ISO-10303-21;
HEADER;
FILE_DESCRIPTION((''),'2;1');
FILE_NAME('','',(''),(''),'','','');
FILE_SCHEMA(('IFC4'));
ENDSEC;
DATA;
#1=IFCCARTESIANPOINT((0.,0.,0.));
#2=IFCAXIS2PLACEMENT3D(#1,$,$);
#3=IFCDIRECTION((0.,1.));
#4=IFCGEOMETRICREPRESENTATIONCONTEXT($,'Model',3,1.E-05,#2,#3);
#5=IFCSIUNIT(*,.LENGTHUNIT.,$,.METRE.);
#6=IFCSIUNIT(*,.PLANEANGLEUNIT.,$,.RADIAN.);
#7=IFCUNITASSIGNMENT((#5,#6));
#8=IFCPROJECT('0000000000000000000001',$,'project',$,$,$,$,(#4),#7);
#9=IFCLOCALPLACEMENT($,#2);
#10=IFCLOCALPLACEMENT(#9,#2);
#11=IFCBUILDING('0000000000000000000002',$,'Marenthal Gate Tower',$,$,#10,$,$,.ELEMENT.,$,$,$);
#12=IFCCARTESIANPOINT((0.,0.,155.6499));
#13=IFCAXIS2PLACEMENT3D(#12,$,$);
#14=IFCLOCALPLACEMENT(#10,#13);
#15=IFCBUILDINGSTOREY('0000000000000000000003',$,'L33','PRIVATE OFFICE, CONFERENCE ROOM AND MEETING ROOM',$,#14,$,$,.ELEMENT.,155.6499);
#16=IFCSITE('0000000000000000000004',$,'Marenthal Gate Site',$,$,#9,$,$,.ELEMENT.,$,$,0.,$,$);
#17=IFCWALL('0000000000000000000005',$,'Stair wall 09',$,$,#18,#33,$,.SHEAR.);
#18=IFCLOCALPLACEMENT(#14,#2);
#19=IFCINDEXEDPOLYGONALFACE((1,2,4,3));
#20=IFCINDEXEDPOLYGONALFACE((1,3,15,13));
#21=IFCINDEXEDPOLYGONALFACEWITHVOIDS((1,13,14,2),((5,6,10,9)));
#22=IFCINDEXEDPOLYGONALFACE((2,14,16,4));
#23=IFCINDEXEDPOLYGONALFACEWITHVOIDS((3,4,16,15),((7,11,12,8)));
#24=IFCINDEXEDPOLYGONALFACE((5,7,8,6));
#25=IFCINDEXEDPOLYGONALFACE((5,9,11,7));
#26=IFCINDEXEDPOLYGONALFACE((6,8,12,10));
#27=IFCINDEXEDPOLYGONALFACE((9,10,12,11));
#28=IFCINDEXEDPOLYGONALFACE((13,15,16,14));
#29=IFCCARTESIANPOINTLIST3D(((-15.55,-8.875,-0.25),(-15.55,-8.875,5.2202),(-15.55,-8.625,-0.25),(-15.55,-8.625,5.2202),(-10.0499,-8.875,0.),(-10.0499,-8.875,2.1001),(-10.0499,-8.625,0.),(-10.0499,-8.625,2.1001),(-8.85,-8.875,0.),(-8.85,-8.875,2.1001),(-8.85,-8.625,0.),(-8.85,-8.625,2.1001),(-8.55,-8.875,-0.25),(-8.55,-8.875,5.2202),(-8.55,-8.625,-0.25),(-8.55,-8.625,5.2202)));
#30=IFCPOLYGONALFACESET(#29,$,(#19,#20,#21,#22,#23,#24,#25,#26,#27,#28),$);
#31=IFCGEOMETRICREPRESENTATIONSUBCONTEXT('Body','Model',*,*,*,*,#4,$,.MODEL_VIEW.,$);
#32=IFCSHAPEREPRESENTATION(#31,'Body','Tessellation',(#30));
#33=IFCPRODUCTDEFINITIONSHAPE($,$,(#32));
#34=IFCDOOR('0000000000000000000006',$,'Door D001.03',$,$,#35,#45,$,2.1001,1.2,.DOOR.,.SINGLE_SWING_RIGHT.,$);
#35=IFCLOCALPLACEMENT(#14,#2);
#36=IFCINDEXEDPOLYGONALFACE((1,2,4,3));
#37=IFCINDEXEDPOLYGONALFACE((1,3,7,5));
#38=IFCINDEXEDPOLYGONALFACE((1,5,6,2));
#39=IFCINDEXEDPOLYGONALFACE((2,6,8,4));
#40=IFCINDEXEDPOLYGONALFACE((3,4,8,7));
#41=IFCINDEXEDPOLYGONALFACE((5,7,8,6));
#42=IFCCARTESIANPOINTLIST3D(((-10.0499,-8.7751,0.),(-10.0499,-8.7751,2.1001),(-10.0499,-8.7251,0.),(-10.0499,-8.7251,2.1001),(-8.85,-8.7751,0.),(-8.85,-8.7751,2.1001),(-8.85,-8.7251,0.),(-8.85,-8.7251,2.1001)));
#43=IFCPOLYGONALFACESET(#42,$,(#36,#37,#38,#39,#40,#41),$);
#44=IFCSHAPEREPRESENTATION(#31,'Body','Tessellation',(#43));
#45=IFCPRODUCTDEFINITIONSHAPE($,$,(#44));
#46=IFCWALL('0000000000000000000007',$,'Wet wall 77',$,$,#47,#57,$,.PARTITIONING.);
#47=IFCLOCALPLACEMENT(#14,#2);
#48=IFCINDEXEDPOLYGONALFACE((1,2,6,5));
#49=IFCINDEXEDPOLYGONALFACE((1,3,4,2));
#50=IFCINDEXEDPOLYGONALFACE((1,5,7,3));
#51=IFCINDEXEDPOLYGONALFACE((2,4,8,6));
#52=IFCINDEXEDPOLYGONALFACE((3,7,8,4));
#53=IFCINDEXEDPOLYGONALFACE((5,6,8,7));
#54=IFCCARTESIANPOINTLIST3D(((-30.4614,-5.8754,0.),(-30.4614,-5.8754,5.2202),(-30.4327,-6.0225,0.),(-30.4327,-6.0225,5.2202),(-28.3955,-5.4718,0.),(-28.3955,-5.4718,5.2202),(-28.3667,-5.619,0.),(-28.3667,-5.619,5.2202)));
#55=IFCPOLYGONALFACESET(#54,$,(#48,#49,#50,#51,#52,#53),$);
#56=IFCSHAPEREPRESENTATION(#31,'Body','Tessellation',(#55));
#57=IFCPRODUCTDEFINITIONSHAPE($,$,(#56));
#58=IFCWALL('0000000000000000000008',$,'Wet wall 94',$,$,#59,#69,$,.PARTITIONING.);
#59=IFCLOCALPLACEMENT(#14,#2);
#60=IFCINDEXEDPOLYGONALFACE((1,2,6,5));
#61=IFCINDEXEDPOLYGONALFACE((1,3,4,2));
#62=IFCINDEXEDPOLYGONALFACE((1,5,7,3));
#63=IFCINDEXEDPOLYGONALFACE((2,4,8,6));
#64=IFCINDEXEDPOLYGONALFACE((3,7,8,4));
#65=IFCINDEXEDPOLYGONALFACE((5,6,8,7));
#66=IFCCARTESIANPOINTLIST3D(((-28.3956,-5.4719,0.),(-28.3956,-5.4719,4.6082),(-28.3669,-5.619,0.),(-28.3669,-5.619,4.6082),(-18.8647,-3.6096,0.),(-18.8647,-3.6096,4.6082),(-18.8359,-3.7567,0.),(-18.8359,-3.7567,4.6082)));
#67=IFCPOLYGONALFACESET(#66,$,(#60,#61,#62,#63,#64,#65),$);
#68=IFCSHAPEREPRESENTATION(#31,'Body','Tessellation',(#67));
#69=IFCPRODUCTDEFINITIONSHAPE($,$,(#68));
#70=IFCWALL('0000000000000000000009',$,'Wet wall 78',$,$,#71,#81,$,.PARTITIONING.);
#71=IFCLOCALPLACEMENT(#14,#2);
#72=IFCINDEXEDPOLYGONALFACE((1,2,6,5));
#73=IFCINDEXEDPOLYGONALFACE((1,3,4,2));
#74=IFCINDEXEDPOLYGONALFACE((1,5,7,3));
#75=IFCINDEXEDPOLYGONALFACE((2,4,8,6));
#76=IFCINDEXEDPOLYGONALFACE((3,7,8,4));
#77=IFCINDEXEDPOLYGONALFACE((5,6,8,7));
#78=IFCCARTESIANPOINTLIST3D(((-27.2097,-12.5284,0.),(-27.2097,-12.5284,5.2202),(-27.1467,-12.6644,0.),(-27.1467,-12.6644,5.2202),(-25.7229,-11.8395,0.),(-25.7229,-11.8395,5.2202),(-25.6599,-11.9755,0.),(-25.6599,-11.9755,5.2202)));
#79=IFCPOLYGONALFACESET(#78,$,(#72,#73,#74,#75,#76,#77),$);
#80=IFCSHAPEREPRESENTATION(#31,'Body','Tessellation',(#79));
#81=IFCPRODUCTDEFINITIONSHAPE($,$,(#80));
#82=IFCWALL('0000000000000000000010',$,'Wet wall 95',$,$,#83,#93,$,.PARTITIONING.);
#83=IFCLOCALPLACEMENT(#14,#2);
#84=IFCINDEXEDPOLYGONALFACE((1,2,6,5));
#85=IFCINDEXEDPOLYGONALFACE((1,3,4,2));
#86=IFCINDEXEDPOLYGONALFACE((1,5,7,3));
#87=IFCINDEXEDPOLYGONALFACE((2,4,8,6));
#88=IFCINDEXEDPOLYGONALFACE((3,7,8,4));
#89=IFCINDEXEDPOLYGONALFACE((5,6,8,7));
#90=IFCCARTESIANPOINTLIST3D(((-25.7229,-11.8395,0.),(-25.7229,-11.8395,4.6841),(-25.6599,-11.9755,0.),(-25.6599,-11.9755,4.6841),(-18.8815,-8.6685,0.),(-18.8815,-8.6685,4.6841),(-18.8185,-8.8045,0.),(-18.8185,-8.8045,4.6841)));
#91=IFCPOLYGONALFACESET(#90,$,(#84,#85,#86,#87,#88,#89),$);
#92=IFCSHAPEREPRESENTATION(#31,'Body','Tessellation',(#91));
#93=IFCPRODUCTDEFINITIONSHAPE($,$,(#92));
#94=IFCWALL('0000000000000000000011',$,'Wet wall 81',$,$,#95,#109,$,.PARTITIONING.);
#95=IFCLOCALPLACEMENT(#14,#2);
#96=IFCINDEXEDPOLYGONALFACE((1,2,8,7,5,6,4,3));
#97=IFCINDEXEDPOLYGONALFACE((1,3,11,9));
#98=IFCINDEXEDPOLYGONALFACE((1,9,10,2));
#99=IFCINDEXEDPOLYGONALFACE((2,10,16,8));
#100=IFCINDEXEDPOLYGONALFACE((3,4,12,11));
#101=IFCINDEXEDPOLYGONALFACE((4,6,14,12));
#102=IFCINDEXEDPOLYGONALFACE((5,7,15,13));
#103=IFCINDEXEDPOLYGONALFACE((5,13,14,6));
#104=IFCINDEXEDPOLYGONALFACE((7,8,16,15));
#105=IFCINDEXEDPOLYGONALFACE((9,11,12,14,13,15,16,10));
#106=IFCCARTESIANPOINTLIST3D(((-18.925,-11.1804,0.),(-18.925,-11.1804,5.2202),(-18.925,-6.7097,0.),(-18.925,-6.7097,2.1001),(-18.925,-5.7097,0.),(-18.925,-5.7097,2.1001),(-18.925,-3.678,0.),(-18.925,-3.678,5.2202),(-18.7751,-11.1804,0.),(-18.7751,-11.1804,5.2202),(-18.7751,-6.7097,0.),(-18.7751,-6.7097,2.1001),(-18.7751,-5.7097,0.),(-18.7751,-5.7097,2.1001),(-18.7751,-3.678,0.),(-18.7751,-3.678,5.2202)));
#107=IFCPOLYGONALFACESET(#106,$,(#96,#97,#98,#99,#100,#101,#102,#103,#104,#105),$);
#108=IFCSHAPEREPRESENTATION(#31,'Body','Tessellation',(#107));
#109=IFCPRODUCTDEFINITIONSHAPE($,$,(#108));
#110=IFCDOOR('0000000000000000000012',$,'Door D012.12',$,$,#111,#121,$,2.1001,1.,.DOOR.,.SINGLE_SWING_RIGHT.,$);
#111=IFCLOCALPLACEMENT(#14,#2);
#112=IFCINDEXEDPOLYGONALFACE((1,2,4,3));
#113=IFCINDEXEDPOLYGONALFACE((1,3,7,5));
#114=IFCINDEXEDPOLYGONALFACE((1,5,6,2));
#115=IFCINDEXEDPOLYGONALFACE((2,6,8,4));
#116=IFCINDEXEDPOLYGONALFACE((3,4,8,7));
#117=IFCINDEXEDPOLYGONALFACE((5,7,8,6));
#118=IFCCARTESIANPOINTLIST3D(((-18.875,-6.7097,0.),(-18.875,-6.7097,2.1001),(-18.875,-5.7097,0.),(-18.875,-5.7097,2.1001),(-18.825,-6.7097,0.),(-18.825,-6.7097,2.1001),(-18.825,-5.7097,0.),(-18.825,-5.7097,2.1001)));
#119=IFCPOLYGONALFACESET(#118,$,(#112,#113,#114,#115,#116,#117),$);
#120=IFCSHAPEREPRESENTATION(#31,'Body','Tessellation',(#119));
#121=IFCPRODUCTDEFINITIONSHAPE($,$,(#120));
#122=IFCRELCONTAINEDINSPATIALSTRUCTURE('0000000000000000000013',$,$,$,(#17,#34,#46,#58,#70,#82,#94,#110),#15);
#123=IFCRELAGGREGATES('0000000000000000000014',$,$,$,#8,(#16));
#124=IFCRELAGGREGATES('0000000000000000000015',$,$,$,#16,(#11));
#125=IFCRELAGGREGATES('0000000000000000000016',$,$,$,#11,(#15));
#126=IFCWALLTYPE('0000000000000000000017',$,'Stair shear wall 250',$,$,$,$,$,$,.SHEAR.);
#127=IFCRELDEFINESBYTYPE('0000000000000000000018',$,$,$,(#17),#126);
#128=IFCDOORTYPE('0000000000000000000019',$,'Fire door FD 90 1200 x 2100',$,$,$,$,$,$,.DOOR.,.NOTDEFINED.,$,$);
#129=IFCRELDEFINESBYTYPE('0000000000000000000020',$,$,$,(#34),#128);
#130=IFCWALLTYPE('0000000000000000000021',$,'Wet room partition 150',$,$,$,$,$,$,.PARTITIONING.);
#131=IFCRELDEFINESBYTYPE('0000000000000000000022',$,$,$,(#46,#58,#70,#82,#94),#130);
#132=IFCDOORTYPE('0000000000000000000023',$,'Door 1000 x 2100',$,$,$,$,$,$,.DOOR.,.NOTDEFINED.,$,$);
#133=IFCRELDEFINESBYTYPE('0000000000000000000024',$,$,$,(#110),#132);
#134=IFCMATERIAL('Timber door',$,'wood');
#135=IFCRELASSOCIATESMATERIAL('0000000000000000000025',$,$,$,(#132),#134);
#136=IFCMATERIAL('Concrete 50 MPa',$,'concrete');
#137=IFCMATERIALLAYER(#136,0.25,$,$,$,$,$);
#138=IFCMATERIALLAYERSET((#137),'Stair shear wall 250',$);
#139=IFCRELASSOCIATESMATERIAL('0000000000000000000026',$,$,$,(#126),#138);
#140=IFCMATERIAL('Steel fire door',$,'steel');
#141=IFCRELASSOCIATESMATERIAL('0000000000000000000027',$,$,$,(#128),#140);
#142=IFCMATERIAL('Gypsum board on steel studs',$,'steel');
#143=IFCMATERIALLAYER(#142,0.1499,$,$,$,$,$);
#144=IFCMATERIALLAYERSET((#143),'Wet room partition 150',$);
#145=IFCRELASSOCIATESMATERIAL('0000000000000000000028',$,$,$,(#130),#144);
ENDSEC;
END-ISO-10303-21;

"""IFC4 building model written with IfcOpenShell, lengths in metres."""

from ifc_helpers import new_model, si_unit, direction, frame, frame_2d, origin, place, context, subcontext, project, spatial, rectangle, extrude, material, layer, layer_set, type_object, element, fill, save


model = new_model("IFC4")

# Units and contexts
model_context = context("Model", 3, precision=1e-05, world=origin(), true_north=direction((0.0, 1.0)))
body_context = subcontext(model_context, "Body", "Model", "MODEL_VIEW")
ifc_project = project(units=[si_unit("LENGTHUNIT", "METRE"), si_unit("PLANEANGLEUNIT", "RADIAN")], contexts=[model_context])

# Site, building, storey
site_placement = place(None, origin())
site = spatial("IfcSite", under=ifc_project, at=site_placement, Name="Marenthal Gate Site", CompositionType="ELEMENT", RefElevation=0.0)
building_placement = place(site_placement, origin())
building = spatial("IfcBuilding", under=site, at=building_placement, Name="Marenthal Gate Tower", CompositionType="ELEMENT")
storey_placement = place(building_placement, frame((0.0, 0.0, 155.6499)))
storey = spatial("IfcBuildingStorey", under=building, at=storey_placement, Name="L33", Description="PRIVATE OFFICE, CONFERENCE ROOM AND MEETING ROOM", CompositionType="ELEMENT", Elevation=155.6499)

# Shared definitions
ifc_material_1 = material(Name="Timber door", Category="wood")
door_type_1 = type_object("IfcDoorType", Name="Door 1000 x 2100", OperationType="NOTDEFINED", PredefinedType="DOOR", material=ifc_material_1)

# Wall, opening, door
ifc_material_2 = material(Name="Concrete 50 MPa", Category="concrete")
ifc_layer_1 = layer(ifc_material_2, 0.25)
ifc_layer_set_1 = layer_set([ifc_layer_1], Name="Stair shear wall 250")
wall_type_1 = type_object("IfcWallType", Name="Stair shear wall 250", PredefinedType="SHEAR", material=ifc_layer_set_1)
wall_1_placement = place(storey_placement, frame((-15.55, -8.75, -0.25), z_axis=(0.0, 0.0, 1.0), x_axis=(1.0, 0.0, 0.0)))
wall_1 = element("IfcWall", 1, at=wall_1_placement, inside=storey, type_object=wall_type_1, Name="Stair wall 09", PredefinedType="SHEAR", context=body_context, shape_type="SweptSolid", body=[
    extrude(rectangle(XDim=7.0, YDim=0.25, at=frame_2d((3.5, 0.0))), origin(), (0.0, 0.0, 1.0), 5.4702),
])
opening_1_placement = place(wall_1_placement, frame((5.5, 0.0, 0.25)))
opening_1 = element("IfcOpeningElement", 2, at=opening_1_placement, cuts=wall_1, PredefinedType="OPENING", context=body_context, shape_type="SweptSolid", body=[
    extrude(rectangle(XDim=1.2, YDim=2.1001, at=frame_2d((0.6001, 1.05))), frame((0.0, 0.135, 0.0), z_axis=(0.0, -1.0, 0.0), x_axis=(1.0, 0.0, 0.0)), (0.0, 0.0, 1.0), 0.27),
])
ifc_material_3 = material(Name="Steel fire door", Category="steel")
door_type_2 = type_object("IfcDoorType", Name="Fire door FD 90 1200 x 2100", OperationType="NOTDEFINED", PredefinedType="DOOR", material=ifc_material_3)
door_1_placement = place(opening_1_placement, origin())
door_1 = element("IfcDoor", 3, at=door_1_placement, inside=storey, type_object=door_type_2, Name="Door D001.03", OperationType="SINGLE_SWING_RIGHT", OverallHeight=2.1001, OverallWidth=1.2, PredefinedType="DOOR", context=body_context, shape_type="SweptSolid", body=[
    extrude(rectangle(XDim=1.2, YDim=2.1001, at=frame_2d((0.6001, 1.05))), frame((0.0, 0.0249, 0.0), z_axis=(0.0, -1.0, 0.0), x_axis=(1.0, 0.0, 0.0)), (0.0, 0.0, 1.0), 0.05),
])
fill(opening_1, door_1)

# Walls
ifc_material_4 = material(Name="Gypsum board on steel studs", Category="steel")
ifc_layer_2 = layer(ifc_material_4, 0.1499)
ifc_layer_set_2 = layer_set([ifc_layer_2], Name="Wet room partition 150")
wall_type_2 = type_object("IfcWallType", Name="Wet room partition 150", PredefinedType="PARTITIONING", material=ifc_layer_set_2)
wall_2_placement = place(storey_placement, frame((-30.447, -5.949, 0.0), z_axis=(0.0, 0.0, 1.0), x_axis=(0.98145, 0.19172, 0.0)))
element("IfcWall", 4, at=wall_2_placement, inside=storey, type_object=wall_type_2, Name="Wet wall 77", PredefinedType="PARTITIONING", context=body_context, shape_type="SweptSolid", body=[
    extrude(rectangle(XDim=2.105, YDim=0.1499, at=frame_2d((1.0525, 0.0))), origin(), (0.0, 0.0, 1.0), 5.2202),
])
wall_3_placement = place(storey_placement, frame((-28.3811, -5.5454, 0.0), z_axis=(0.0, 0.0, 1.0), x_axis=(0.98144, 0.191768, 0.0)))
element("IfcWall", 5, at=wall_3_placement, inside=storey, type_object=wall_type_2, Name="Wet wall 94", PredefinedType="PARTITIONING", context=body_context, shape_type="SweptSolid", body=[
    extrude(rectangle(XDim=9.7112, YDim=0.1499, at=frame_2d((4.8555, 0.0))), origin(), (0.0, 0.0, 1.0), 4.6082),
])
wall_4_placement = place(storey_placement, frame((-27.1782, -12.5964, 0.0), z_axis=(0.0, 0.0, 1.0), x_axis=(0.907322, 0.420437, 0.0)))
element("IfcWall", 6, at=wall_4_placement, inside=storey, type_object=wall_type_2, Name="Wet wall 78", PredefinedType="PARTITIONING", context=body_context, shape_type="SweptSolid", body=[
    extrude(rectangle(XDim=1.6387, YDim=0.1499, at=frame_2d((0.8193, 0.0))), origin(), (0.0, 0.0, 1.0), 5.2202),
])
wall_5_placement = place(storey_placement, frame((-25.6914, -11.9075, 0.0), z_axis=(0.0, 0.0, 1.0), x_axis=(0.907283, 0.42052, 0.0)))
element("IfcWall", 7, at=wall_5_placement, inside=storey, type_object=wall_type_2, Name="Wet wall 95", PredefinedType="PARTITIONING", context=body_context, shape_type="SweptSolid", body=[
    extrude(rectangle(XDim=7.5405, YDim=0.1499, at=frame_2d((3.7703, 0.0))), origin(), (0.0, 0.0, 1.0), 4.6841),
])

# Wall, opening, door
wall_6_placement = place(storey_placement, frame((-18.8501, -11.1804, 0.0), z_axis=(0.0, 0.0, 1.0), x_axis=(0.0, 1.0, 0.0)))
wall_6 = element("IfcWall", 8, at=wall_6_placement, inside=storey, type_object=wall_type_2, Name="Wet wall 81", PredefinedType="PARTITIONING", context=body_context, shape_type="SweptSolid", body=[
    extrude(rectangle(XDim=7.5024, YDim=0.1499, at=frame_2d((3.7512, 0.0))), origin(), (0.0, 0.0, 1.0), 5.2202),
])
opening_2_placement = place(wall_6_placement, frame((4.4707, 0.0, 0.0)))
opening_2 = element("IfcOpeningElement", 9, at=opening_2_placement, cuts=wall_6, PredefinedType="OPENING", context=body_context, shape_type="SweptSolid", body=[
    extrude(rectangle(XDim=1.0, YDim=2.1001, at=frame_2d((0.5, 1.05))), frame((0.0, 0.085, 0.0), z_axis=(0.0, -1.0, 0.0), x_axis=(1.0, 0.0, 0.0)), (0.0, 0.0, 1.0), 0.1699),
])
door_2_placement = place(opening_2_placement, origin())
door_2 = element("IfcDoor", 10, at=door_2_placement, inside=storey, type_object=door_type_1, Name="Door D012.12", OperationType="SINGLE_SWING_RIGHT", OverallHeight=2.1001, OverallWidth=1.0, PredefinedType="DOOR", context=body_context, shape_type="SweptSolid", body=[
    extrude(rectangle(XDim=1.0, YDim=2.1001, at=frame_2d((0.5, 1.05))), frame((0.0, 0.0249, 0.0), z_axis=(0.0, -1.0, 0.0), x_axis=(1.0, 0.0, 0.0)), (0.0, 0.0, 1.0), 0.05),
])
fill(opening_2, door_2)

save(model, "model.ifc")
